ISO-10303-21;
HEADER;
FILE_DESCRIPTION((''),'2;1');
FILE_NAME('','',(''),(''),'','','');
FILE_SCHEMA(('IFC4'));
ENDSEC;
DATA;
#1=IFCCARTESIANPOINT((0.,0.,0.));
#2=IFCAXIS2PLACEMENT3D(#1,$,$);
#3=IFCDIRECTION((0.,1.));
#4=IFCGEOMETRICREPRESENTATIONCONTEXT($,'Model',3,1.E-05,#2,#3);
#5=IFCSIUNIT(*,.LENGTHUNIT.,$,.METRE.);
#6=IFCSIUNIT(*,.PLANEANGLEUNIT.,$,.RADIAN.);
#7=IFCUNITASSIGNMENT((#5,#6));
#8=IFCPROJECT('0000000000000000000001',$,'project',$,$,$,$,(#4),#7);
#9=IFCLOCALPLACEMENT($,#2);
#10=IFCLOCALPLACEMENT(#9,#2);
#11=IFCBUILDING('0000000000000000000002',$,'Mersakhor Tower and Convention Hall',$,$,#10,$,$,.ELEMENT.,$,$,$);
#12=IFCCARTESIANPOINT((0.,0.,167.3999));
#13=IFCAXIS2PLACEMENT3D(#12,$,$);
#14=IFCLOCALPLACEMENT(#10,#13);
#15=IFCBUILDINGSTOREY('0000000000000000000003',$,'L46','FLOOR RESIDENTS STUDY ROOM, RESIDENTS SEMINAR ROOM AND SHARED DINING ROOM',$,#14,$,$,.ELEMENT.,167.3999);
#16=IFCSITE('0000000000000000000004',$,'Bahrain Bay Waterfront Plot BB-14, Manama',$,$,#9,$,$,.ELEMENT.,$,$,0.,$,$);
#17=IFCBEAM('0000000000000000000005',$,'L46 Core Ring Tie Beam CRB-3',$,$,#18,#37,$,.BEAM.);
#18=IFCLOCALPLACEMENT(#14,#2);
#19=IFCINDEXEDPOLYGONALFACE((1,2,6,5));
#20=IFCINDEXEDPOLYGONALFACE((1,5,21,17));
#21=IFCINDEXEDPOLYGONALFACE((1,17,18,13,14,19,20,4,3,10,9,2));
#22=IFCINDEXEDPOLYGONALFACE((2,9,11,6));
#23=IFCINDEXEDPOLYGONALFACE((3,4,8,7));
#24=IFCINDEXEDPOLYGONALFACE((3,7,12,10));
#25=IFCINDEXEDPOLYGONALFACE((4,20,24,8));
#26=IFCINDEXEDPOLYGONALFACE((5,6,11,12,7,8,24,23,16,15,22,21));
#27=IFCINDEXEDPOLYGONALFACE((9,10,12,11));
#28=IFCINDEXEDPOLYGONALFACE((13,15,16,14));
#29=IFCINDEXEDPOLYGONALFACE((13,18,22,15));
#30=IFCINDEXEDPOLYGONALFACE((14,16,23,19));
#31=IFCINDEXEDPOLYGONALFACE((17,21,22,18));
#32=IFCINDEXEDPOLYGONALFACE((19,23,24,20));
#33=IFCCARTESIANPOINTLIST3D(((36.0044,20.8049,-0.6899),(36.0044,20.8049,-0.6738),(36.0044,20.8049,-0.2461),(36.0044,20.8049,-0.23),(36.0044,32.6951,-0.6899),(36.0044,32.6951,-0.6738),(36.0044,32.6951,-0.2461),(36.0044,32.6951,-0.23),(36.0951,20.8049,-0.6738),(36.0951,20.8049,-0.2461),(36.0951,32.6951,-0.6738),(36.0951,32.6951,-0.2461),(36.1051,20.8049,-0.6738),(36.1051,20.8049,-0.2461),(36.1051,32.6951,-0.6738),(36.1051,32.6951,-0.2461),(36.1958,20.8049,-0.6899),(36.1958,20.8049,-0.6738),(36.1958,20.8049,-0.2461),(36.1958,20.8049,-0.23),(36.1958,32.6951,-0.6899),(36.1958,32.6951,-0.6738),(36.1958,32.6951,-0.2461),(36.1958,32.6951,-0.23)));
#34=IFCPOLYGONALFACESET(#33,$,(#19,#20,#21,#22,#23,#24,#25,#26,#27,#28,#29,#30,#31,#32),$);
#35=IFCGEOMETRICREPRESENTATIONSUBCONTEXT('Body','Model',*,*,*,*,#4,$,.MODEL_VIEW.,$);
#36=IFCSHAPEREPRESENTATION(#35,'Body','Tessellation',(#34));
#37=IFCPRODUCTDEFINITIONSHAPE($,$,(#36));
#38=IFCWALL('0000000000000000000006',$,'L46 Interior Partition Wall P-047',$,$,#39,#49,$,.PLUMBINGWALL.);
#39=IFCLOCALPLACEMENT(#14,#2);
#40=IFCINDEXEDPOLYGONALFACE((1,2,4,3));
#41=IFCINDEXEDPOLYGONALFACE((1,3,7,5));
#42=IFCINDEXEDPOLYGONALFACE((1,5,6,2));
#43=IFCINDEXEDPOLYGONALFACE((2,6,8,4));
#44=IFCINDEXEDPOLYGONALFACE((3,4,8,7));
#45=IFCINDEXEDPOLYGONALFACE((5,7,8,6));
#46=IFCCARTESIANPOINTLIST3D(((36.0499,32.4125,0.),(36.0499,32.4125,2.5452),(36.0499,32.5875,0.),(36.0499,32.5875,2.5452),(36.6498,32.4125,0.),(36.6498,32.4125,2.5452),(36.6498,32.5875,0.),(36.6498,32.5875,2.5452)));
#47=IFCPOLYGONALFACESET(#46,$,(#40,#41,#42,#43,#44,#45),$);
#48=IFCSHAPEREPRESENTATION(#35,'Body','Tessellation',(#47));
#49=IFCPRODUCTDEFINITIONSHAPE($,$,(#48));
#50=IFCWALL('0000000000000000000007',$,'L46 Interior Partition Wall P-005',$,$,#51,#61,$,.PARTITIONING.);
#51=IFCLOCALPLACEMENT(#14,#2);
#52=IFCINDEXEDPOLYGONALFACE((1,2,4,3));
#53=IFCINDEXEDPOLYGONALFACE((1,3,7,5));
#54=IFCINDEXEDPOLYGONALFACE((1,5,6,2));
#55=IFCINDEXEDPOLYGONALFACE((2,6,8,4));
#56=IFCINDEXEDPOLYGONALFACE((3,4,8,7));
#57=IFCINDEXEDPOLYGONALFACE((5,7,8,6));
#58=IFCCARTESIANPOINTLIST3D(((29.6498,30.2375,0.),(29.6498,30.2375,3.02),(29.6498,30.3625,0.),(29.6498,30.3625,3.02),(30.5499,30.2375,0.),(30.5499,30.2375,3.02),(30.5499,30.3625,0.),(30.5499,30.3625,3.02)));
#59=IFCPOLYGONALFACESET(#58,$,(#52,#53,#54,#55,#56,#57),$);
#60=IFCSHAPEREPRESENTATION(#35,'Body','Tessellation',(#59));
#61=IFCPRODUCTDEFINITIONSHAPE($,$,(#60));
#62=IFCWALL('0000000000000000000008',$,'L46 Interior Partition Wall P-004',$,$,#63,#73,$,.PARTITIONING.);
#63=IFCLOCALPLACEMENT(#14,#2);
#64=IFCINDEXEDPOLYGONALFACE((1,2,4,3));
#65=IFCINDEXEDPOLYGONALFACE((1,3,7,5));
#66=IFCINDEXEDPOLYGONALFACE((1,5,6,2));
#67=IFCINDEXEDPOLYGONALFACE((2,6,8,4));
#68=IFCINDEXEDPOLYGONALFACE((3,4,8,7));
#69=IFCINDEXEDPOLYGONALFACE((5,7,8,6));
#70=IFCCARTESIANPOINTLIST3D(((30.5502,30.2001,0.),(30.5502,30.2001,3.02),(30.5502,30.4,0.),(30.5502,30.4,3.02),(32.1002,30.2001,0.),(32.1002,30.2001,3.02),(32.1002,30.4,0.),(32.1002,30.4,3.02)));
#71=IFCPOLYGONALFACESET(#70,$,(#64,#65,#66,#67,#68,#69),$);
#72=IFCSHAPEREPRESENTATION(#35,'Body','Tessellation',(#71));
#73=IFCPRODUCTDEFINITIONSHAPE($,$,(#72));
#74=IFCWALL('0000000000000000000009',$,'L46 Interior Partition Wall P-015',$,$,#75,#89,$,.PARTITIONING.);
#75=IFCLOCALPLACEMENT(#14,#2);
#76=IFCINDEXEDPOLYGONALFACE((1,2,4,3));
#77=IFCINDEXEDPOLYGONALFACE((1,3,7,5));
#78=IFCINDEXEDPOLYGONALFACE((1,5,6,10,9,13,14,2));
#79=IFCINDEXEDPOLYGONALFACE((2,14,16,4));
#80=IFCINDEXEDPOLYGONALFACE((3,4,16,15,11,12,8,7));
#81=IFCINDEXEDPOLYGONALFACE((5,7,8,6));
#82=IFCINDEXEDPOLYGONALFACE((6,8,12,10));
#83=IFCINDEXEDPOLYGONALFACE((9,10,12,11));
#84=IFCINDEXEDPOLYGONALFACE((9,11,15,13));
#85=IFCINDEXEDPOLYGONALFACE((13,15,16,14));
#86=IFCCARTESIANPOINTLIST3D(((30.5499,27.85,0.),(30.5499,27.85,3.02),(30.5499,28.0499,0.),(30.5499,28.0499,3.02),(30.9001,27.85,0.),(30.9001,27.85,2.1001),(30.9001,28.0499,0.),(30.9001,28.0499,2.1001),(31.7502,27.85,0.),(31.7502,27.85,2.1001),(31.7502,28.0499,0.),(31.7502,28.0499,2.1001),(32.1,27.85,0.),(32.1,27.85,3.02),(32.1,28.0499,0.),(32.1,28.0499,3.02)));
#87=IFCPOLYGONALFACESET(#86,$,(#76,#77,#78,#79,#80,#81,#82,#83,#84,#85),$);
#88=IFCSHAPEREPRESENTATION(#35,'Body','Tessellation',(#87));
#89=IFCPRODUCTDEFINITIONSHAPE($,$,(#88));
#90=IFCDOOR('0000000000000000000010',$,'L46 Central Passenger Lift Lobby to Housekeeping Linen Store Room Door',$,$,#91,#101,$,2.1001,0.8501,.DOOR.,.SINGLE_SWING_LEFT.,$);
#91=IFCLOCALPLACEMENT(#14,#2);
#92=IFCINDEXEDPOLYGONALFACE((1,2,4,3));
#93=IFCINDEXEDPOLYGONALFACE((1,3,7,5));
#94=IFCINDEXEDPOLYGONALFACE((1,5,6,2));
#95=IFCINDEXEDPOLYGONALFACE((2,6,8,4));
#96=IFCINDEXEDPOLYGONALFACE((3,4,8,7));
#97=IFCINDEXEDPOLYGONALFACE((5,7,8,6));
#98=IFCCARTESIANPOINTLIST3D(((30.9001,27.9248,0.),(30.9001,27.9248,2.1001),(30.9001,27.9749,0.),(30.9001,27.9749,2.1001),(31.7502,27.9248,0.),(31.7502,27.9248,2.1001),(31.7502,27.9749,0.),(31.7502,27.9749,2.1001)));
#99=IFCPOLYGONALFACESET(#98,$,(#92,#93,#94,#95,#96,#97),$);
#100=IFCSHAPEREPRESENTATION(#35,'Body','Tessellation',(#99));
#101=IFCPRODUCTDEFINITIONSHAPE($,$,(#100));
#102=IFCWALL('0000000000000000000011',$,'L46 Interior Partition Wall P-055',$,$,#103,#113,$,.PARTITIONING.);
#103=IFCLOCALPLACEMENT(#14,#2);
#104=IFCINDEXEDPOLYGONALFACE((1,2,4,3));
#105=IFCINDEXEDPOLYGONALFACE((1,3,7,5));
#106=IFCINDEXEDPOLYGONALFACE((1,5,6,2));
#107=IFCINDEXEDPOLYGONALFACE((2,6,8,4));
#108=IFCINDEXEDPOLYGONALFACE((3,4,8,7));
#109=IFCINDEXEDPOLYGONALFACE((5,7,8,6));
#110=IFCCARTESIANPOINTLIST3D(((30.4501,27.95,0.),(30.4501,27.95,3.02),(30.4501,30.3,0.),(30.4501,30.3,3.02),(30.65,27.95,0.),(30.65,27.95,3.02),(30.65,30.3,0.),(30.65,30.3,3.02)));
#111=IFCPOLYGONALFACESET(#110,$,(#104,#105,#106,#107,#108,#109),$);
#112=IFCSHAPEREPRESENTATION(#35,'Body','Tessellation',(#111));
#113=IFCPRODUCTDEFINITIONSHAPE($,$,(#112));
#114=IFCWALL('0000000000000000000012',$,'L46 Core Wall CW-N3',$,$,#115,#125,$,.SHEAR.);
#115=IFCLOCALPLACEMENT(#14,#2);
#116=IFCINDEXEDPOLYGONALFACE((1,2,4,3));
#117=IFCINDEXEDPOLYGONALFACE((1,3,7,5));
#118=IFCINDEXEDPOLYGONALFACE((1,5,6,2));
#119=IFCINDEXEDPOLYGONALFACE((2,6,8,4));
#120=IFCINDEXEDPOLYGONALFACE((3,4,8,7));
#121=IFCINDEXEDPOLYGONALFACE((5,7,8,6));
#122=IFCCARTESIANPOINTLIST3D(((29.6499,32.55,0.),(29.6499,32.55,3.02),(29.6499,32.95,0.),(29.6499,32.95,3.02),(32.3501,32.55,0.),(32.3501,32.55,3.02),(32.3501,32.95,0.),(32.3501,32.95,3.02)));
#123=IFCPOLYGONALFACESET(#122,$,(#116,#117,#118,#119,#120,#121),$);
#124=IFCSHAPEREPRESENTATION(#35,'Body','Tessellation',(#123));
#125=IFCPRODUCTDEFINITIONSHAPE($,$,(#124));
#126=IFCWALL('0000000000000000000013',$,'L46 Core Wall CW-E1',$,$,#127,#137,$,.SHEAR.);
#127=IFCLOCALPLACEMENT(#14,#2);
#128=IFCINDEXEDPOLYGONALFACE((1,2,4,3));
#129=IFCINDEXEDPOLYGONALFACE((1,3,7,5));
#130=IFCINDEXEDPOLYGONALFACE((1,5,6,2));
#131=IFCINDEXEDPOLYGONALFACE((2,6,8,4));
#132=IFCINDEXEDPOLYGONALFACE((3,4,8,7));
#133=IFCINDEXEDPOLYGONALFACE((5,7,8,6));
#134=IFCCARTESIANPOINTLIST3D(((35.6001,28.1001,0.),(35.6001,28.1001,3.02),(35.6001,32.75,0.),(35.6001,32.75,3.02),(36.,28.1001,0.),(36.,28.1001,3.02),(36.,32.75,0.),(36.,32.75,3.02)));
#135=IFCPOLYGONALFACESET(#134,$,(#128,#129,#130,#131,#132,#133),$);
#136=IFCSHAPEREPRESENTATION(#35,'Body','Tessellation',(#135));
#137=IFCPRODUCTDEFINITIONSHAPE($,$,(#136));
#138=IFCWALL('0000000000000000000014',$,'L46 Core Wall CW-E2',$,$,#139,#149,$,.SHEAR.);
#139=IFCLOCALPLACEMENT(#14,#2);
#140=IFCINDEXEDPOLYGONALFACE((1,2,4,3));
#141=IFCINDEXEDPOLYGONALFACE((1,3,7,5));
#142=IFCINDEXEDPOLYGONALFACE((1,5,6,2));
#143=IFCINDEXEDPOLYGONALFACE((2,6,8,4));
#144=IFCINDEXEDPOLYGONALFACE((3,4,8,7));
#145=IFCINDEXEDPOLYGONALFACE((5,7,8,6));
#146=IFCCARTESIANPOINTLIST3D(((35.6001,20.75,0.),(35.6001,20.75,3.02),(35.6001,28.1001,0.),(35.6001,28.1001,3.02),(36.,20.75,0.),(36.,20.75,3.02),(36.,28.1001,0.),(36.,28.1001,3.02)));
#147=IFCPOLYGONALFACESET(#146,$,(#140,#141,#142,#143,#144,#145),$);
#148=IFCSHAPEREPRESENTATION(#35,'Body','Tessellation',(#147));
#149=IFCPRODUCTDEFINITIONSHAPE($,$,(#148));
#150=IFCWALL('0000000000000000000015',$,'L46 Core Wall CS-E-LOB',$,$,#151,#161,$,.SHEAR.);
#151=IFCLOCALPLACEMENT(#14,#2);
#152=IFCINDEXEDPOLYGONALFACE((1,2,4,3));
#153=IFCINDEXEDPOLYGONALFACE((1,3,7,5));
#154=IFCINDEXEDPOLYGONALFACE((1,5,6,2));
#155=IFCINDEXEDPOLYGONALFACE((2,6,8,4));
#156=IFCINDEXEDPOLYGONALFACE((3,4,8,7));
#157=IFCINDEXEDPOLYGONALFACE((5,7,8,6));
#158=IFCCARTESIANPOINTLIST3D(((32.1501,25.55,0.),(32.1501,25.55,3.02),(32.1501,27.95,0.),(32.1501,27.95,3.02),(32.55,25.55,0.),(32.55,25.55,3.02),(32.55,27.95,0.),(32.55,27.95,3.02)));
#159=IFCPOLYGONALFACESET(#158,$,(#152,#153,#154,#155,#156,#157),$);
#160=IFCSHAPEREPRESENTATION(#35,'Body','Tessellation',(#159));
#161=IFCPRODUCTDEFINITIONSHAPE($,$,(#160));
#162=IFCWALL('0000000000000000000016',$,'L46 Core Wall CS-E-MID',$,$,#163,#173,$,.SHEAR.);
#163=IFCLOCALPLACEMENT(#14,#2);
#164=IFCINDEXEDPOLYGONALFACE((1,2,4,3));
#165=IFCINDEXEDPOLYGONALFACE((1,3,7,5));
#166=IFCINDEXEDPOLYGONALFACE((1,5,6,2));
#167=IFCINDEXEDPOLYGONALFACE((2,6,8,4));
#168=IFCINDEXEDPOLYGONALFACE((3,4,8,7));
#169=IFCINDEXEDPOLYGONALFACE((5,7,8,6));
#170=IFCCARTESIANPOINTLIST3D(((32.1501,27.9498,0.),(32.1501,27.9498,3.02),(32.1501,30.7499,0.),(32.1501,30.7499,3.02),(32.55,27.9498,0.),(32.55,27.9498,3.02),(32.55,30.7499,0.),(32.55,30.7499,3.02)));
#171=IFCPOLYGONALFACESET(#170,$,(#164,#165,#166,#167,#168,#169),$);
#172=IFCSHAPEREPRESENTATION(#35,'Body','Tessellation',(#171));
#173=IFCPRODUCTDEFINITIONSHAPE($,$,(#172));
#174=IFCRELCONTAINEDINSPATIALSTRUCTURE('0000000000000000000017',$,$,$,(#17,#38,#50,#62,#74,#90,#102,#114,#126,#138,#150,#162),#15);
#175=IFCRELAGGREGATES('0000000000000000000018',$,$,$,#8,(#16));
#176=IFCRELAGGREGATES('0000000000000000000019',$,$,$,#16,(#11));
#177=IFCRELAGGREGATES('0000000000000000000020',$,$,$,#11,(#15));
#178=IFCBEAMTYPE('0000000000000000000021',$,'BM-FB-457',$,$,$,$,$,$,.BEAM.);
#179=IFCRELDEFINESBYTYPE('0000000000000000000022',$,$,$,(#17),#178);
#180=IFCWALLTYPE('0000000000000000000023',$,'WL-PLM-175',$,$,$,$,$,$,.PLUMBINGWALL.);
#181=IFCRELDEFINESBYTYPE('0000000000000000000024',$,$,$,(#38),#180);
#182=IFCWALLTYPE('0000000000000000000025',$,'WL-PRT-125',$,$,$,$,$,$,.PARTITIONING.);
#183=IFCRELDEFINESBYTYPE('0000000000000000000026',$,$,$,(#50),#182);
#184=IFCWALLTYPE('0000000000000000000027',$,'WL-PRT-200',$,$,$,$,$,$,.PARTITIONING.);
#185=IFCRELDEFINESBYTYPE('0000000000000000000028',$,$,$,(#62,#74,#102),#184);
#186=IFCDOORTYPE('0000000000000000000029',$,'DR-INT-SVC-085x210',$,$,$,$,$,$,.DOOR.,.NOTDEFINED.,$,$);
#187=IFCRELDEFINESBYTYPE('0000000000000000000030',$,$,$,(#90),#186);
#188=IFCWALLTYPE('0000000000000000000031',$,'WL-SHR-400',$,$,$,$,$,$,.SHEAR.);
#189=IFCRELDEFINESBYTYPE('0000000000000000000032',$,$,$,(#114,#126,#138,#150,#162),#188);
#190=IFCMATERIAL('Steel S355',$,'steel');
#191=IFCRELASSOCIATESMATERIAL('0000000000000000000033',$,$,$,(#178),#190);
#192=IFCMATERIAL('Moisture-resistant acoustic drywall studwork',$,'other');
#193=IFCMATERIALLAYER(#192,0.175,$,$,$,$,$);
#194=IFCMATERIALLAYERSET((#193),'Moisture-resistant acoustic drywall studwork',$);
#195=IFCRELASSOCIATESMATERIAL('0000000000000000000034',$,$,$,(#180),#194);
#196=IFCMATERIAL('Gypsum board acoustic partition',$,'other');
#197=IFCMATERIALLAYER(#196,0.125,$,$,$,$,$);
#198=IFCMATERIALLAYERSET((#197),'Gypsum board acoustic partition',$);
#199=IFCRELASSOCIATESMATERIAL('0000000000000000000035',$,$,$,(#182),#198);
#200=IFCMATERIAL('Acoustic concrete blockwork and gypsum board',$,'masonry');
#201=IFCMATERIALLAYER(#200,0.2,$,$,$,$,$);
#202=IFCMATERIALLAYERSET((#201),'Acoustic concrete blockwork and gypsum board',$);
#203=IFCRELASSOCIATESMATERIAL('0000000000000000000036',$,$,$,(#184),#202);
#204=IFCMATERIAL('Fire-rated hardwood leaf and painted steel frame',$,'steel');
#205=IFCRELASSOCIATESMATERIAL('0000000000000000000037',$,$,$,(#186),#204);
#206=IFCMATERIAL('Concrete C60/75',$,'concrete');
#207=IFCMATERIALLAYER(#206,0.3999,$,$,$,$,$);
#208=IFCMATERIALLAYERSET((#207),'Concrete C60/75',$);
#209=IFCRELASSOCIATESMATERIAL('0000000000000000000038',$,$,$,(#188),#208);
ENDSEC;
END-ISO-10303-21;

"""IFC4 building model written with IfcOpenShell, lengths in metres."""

from ifc_helpers import new_model, si_unit, direction, frame, frame_2d, origin, origin_2d, place, context, subcontext, project, spatial, rectangle, i_section, extrude, material, layer, layer_set, material_profile, profile_set, type_object, element, fill, save


model = new_model("IFC4")

# Units and contexts
model_context = context("Model", 3, precision=1e-05, world=origin(), true_north=direction((0.0, 1.0)))
body_context = subcontext(model_context, "Body", "Model", "MODEL_VIEW")
ifc_project = project(units=[si_unit("LENGTHUNIT", "METRE"), si_unit("PLANEANGLEUNIT", "RADIAN")], contexts=[model_context])

# Site, building, storey
site_placement = place(None, origin())
site = spatial("IfcSite", under=ifc_project, at=site_placement, Name="Bahrain Bay Waterfront Plot BB-14, Manama", CompositionType="ELEMENT", RefElevation=0.0)
building_placement = place(site_placement, origin())
building = spatial("IfcBuilding", under=site, at=building_placement, Name="Mersakhor Tower and Convention Hall", CompositionType="ELEMENT")
storey_placement = place(building_placement, frame((0.0, 0.0, 167.3999)))
storey = spatial("IfcBuildingStorey", under=building, at=storey_placement, Name="L46", Description="FLOOR RESIDENTS STUDY ROOM, RESIDENTS SEMINAR ROOM AND SHARED DINING ROOM", CompositionType="ELEMENT", Elevation=167.3999)

# Beam
ifc_material_1 = material(Name="Steel S355", Category="steel")
ifc_material_profile = material_profile(ifc_material_1, i_section(OverallWidth=0.1914, OverallDepth=0.46, WebThickness=0.01, FlangeThickness=0.0161, at=origin_2d()), Name="UB 457x191x82")
ifc_profile_set = profile_set([ifc_material_profile], Name="Steel S355")
beam_type = type_object("IfcBeamType", Name="BM-FB-457", PredefinedType="BEAM", material=ifc_profile_set)
beam_placement = place(storey_placement, frame((36.1001, 32.6951, -0.46), z_axis=(0.0, -1.0, 0.0), x_axis=(1.0, 0.0, 0.0)))
element("IfcBeam", 1, at=beam_placement, inside=storey, type_object=beam_type, Name="L46 Core Ring Tie Beam CRB-3", PredefinedType="BEAM", context=body_context, shape_type="SweptSolid", body=[
    extrude(i_section(OverallWidth=0.1914, OverallDepth=0.46, WebThickness=0.01, FlangeThickness=0.0161, at=origin_2d()), origin(), (0.0, 0.0, 1.0), 11.8901),
])

# Walls
ifc_material_2 = material(Name="Moisture-resistant acoustic drywall studwork", Category="other")
ifc_layer_1 = layer(ifc_material_2, 0.175)
ifc_layer_set_1 = layer_set([ifc_layer_1], Name="Moisture-resistant acoustic drywall studwork")
wall_type_1 = type_object("IfcWallType", Name="WL-PLM-175", PredefinedType="PLUMBINGWALL", material=ifc_layer_set_1)
wall_1_placement = place(storey_placement, frame((36.05, 32.5, 0.0), z_axis=(0.0, 0.0, 1.0), x_axis=(1.0, 0.0, 0.0)))
element("IfcWall", 2, at=wall_1_placement, inside=storey, type_object=wall_type_1, Name="L46 Interior Partition Wall P-047", PredefinedType="PLUMBINGWALL", context=body_context, shape_type="SweptSolid", body=[
    extrude(rectangle(XDim=0.5999, YDim=0.175, at=frame_2d((0.2998, 0.0))), origin(), (0.0, 0.0, 1.0), 2.5452),
])
ifc_material_3 = material(Name="Gypsum board acoustic partition", Category="other")
ifc_layer_2 = layer(ifc_material_3, 0.125)
ifc_layer_set_2 = layer_set([ifc_layer_2], Name="Gypsum board acoustic partition")
wall_type_2 = type_object("IfcWallType", Name="WL-PRT-125", PredefinedType="PARTITIONING", material=ifc_layer_set_2)
wall_2_placement = place(storey_placement, frame((30.55, 30.3, 0.0), z_axis=(0.0, 0.0, 1.0), x_axis=(-1.0, 0.0, 0.0)))
element("IfcWall", 3, at=wall_2_placement, inside=storey, type_object=wall_type_2, Name="L46 Interior Partition Wall P-005", PredefinedType="PARTITIONING", context=body_context, shape_type="SweptSolid", body=[
    extrude(rectangle(XDim=0.9001, YDim=0.125, at=frame_2d((0.4502, 0.0))), origin(), (0.0, 0.0, 1.0), 3.02),
])
ifc_material_4 = material(Name="Acoustic concrete blockwork and gypsum board", Category="masonry")
ifc_layer_3 = layer(ifc_material_4, 0.2)
ifc_layer_set_3 = layer_set([ifc_layer_3], Name="Acoustic concrete blockwork and gypsum board")
wall_type_3 = type_object("IfcWallType", Name="WL-PRT-200", PredefinedType="PARTITIONING", material=ifc_layer_set_3)
wall_3_placement = place(storey_placement, frame((32.1001, 30.3, 0.0), z_axis=(0.0, 0.0, 1.0), x_axis=(-1.0, 0.0, 0.0)))
element("IfcWall", 4, at=wall_3_placement, inside=storey, type_object=wall_type_3, Name="L46 Interior Partition Wall P-004", PredefinedType="PARTITIONING", context=body_context, shape_type="SweptSolid", body=[
    extrude(rectangle(XDim=1.55, YDim=0.2, at=frame_2d((0.7749, 0.0))), origin(), (0.0, 0.0, 1.0), 3.02),
])

# Wall, opening, door
wall_4_placement = place(storey_placement, frame((30.55, 27.95, 0.0), z_axis=(0.0, 0.0, 1.0), x_axis=(1.0, 0.0, 0.0)))
wall_4 = element("IfcWall", 5, at=wall_4_placement, inside=storey, type_object=wall_type_3, Name="L46 Interior Partition Wall P-015", PredefinedType="PARTITIONING", context=body_context, shape_type="SweptSolid", body=[
    extrude(rectangle(XDim=1.55, YDim=0.2, at=frame_2d((0.7749, 0.0))), origin(), (0.0, 0.0, 1.0), 3.02),
])
opening_1_placement = place(wall_4_placement, frame((0.3501, 0.0, 0.0)))
opening_1 = element("IfcOpeningElement", 6, at=opening_1_placement, cuts=wall_4, PredefinedType="OPENING", context=body_context, shape_type="SweptSolid", body=[
    extrude(rectangle(XDim=0.8501, YDim=2.1001, at=frame_2d((0.425, 1.05))), frame((0.0, 0.1099, 0.0), z_axis=(0.0, -1.0, 0.0), x_axis=(1.0, 0.0, 0.0)), (0.0, 0.0, 1.0), 0.22),
])
ifc_material_5 = material(Name="Fire-rated hardwood leaf and painted steel frame", Category="steel")
door_type_1 = type_object("IfcDoorType", Name="DR-INT-SVC-085x210", OperationType="NOTDEFINED", PredefinedType="DOOR", material=ifc_material_5)
door_1_placement = place(opening_1_placement, origin())
door_1 = element("IfcDoor", 7, at=door_1_placement, inside=storey, type_object=door_type_1, Name="L46 Central Passenger Lift Lobby to Housekeeping Linen Store Room Door", OperationType="SINGLE_SWING_LEFT", OverallHeight=2.1001, OverallWidth=0.8501, PredefinedType="DOOR", context=body_context, shape_type="SweptSolid", body=[
    extrude(rectangle(XDim=0.8501, YDim=2.1001, at=frame_2d((0.425, 1.05))), frame((0.0, 0.0249, 0.0), z_axis=(0.0, -1.0, 0.0), x_axis=(1.0, 0.0, 0.0)), (0.0, 0.0, 1.0), 0.05),
])
fill(opening_1, door_1)

# Wall
wall_5_placement = place(storey_placement, frame((30.55, 30.3, 0.0), z_axis=(0.0, 0.0, 1.0), x_axis=(0.0, -1.0, 0.0)))
element("IfcWall", 8, at=wall_5_placement, inside=storey, type_object=wall_type_3, Name="L46 Interior Partition Wall P-055", PredefinedType="PARTITIONING", context=body_context, shape_type="SweptSolid", body=[
    extrude(rectangle(XDim=2.3501, YDim=0.2, at=frame_2d((1.175, 0.0))), origin(), (0.0, 0.0, 1.0), 3.02),
])

# Wall
ifc_material_6 = material(Name="Concrete C60/75", Category="concrete")
ifc_layer_4 = layer(ifc_material_6, 0.3999)
ifc_layer_set_4 = layer_set([ifc_layer_4], Name="Concrete C60/75")
wall_type_4 = type_object("IfcWallType", Name="WL-SHR-400", PredefinedType="SHEAR", material=ifc_layer_set_4)
wall_6_placement = place(storey_placement, frame((29.6499, 32.75, 0.0), z_axis=(0.0, 0.0, 1.0), x_axis=(1.0, 0.0, 0.0)))
element("IfcWall", 9, at=wall_6_placement, inside=storey, type_object=wall_type_4, Name="L46 Core Wall CW-N3", PredefinedType="SHEAR", context=body_context, shape_type="SweptSolid", body=[
    extrude(rectangle(XDim=2.7002, YDim=0.3999, at=frame_2d((1.3501, 0.0))), origin(), (0.0, 0.0, 1.0), 3.02),
])

# Walls
wall_7_placement = place(storey_placement, frame((35.8, 32.75, 0.0), z_axis=(0.0, 0.0, 1.0), x_axis=(0.0, -1.0, 0.0)))
element("IfcWall", 10, at=wall_7_placement, inside=storey, type_object=wall_type_4, Name="L46 Core Wall CW-E1", PredefinedType="SHEAR", context=body_context, shape_type="SweptSolid", body=[
    extrude(rectangle(XDim=4.6499, YDim=0.3999, at=frame_2d((2.325, 0.0))), origin(), (0.0, 0.0, 1.0), 3.02),
])
wall_8_placement = place(storey_placement, frame((35.8, 28.1001, 0.0), z_axis=(0.0, 0.0, 1.0), x_axis=(0.0, -1.0, 0.0)))
element("IfcWall", 11, at=wall_8_placement, inside=storey, type_object=wall_type_4, Name="L46 Core Wall CW-E2", PredefinedType="SHEAR", context=body_context, shape_type="SweptSolid", body=[
    extrude(rectangle(XDim=7.3501, YDim=0.3999, at=frame_2d((3.675, 0.0))), origin(), (0.0, 0.0, 1.0), 3.02),
])
wall_9_placement = place(storey_placement, frame((32.3501, 25.55, 0.0), z_axis=(0.0, 0.0, 1.0), x_axis=(0.0, 1.0, 0.0)))
element("IfcWall", 12, at=wall_9_placement, inside=storey, type_object=wall_type_4, Name="L46 Core Wall CS-E-LOB", PredefinedType="SHEAR", context=body_context, shape_type="SweptSolid", body=[
    extrude(rectangle(XDim=2.3999, YDim=0.3999, at=frame_2d((1.2, 0.0))), origin(), (0.0, 0.0, 1.0), 3.02),
])
wall_10_placement = place(storey_placement, frame((32.3501, 27.95, 0.0), z_axis=(0.0, 0.0, 1.0), x_axis=(0.0, 1.0, 0.0)))
element("IfcWall", 13, at=wall_10_placement, inside=storey, type_object=wall_type_4, Name="L46 Core Wall CS-E-MID", PredefinedType="SHEAR", context=body_context, shape_type="SweptSolid", body=[
    extrude(rectangle(XDim=2.8, YDim=0.3999, at=frame_2d((1.3999, 0.0))), origin(), (0.0, 0.0, 1.0), 3.02),
])

save(model, "model.ifc")
